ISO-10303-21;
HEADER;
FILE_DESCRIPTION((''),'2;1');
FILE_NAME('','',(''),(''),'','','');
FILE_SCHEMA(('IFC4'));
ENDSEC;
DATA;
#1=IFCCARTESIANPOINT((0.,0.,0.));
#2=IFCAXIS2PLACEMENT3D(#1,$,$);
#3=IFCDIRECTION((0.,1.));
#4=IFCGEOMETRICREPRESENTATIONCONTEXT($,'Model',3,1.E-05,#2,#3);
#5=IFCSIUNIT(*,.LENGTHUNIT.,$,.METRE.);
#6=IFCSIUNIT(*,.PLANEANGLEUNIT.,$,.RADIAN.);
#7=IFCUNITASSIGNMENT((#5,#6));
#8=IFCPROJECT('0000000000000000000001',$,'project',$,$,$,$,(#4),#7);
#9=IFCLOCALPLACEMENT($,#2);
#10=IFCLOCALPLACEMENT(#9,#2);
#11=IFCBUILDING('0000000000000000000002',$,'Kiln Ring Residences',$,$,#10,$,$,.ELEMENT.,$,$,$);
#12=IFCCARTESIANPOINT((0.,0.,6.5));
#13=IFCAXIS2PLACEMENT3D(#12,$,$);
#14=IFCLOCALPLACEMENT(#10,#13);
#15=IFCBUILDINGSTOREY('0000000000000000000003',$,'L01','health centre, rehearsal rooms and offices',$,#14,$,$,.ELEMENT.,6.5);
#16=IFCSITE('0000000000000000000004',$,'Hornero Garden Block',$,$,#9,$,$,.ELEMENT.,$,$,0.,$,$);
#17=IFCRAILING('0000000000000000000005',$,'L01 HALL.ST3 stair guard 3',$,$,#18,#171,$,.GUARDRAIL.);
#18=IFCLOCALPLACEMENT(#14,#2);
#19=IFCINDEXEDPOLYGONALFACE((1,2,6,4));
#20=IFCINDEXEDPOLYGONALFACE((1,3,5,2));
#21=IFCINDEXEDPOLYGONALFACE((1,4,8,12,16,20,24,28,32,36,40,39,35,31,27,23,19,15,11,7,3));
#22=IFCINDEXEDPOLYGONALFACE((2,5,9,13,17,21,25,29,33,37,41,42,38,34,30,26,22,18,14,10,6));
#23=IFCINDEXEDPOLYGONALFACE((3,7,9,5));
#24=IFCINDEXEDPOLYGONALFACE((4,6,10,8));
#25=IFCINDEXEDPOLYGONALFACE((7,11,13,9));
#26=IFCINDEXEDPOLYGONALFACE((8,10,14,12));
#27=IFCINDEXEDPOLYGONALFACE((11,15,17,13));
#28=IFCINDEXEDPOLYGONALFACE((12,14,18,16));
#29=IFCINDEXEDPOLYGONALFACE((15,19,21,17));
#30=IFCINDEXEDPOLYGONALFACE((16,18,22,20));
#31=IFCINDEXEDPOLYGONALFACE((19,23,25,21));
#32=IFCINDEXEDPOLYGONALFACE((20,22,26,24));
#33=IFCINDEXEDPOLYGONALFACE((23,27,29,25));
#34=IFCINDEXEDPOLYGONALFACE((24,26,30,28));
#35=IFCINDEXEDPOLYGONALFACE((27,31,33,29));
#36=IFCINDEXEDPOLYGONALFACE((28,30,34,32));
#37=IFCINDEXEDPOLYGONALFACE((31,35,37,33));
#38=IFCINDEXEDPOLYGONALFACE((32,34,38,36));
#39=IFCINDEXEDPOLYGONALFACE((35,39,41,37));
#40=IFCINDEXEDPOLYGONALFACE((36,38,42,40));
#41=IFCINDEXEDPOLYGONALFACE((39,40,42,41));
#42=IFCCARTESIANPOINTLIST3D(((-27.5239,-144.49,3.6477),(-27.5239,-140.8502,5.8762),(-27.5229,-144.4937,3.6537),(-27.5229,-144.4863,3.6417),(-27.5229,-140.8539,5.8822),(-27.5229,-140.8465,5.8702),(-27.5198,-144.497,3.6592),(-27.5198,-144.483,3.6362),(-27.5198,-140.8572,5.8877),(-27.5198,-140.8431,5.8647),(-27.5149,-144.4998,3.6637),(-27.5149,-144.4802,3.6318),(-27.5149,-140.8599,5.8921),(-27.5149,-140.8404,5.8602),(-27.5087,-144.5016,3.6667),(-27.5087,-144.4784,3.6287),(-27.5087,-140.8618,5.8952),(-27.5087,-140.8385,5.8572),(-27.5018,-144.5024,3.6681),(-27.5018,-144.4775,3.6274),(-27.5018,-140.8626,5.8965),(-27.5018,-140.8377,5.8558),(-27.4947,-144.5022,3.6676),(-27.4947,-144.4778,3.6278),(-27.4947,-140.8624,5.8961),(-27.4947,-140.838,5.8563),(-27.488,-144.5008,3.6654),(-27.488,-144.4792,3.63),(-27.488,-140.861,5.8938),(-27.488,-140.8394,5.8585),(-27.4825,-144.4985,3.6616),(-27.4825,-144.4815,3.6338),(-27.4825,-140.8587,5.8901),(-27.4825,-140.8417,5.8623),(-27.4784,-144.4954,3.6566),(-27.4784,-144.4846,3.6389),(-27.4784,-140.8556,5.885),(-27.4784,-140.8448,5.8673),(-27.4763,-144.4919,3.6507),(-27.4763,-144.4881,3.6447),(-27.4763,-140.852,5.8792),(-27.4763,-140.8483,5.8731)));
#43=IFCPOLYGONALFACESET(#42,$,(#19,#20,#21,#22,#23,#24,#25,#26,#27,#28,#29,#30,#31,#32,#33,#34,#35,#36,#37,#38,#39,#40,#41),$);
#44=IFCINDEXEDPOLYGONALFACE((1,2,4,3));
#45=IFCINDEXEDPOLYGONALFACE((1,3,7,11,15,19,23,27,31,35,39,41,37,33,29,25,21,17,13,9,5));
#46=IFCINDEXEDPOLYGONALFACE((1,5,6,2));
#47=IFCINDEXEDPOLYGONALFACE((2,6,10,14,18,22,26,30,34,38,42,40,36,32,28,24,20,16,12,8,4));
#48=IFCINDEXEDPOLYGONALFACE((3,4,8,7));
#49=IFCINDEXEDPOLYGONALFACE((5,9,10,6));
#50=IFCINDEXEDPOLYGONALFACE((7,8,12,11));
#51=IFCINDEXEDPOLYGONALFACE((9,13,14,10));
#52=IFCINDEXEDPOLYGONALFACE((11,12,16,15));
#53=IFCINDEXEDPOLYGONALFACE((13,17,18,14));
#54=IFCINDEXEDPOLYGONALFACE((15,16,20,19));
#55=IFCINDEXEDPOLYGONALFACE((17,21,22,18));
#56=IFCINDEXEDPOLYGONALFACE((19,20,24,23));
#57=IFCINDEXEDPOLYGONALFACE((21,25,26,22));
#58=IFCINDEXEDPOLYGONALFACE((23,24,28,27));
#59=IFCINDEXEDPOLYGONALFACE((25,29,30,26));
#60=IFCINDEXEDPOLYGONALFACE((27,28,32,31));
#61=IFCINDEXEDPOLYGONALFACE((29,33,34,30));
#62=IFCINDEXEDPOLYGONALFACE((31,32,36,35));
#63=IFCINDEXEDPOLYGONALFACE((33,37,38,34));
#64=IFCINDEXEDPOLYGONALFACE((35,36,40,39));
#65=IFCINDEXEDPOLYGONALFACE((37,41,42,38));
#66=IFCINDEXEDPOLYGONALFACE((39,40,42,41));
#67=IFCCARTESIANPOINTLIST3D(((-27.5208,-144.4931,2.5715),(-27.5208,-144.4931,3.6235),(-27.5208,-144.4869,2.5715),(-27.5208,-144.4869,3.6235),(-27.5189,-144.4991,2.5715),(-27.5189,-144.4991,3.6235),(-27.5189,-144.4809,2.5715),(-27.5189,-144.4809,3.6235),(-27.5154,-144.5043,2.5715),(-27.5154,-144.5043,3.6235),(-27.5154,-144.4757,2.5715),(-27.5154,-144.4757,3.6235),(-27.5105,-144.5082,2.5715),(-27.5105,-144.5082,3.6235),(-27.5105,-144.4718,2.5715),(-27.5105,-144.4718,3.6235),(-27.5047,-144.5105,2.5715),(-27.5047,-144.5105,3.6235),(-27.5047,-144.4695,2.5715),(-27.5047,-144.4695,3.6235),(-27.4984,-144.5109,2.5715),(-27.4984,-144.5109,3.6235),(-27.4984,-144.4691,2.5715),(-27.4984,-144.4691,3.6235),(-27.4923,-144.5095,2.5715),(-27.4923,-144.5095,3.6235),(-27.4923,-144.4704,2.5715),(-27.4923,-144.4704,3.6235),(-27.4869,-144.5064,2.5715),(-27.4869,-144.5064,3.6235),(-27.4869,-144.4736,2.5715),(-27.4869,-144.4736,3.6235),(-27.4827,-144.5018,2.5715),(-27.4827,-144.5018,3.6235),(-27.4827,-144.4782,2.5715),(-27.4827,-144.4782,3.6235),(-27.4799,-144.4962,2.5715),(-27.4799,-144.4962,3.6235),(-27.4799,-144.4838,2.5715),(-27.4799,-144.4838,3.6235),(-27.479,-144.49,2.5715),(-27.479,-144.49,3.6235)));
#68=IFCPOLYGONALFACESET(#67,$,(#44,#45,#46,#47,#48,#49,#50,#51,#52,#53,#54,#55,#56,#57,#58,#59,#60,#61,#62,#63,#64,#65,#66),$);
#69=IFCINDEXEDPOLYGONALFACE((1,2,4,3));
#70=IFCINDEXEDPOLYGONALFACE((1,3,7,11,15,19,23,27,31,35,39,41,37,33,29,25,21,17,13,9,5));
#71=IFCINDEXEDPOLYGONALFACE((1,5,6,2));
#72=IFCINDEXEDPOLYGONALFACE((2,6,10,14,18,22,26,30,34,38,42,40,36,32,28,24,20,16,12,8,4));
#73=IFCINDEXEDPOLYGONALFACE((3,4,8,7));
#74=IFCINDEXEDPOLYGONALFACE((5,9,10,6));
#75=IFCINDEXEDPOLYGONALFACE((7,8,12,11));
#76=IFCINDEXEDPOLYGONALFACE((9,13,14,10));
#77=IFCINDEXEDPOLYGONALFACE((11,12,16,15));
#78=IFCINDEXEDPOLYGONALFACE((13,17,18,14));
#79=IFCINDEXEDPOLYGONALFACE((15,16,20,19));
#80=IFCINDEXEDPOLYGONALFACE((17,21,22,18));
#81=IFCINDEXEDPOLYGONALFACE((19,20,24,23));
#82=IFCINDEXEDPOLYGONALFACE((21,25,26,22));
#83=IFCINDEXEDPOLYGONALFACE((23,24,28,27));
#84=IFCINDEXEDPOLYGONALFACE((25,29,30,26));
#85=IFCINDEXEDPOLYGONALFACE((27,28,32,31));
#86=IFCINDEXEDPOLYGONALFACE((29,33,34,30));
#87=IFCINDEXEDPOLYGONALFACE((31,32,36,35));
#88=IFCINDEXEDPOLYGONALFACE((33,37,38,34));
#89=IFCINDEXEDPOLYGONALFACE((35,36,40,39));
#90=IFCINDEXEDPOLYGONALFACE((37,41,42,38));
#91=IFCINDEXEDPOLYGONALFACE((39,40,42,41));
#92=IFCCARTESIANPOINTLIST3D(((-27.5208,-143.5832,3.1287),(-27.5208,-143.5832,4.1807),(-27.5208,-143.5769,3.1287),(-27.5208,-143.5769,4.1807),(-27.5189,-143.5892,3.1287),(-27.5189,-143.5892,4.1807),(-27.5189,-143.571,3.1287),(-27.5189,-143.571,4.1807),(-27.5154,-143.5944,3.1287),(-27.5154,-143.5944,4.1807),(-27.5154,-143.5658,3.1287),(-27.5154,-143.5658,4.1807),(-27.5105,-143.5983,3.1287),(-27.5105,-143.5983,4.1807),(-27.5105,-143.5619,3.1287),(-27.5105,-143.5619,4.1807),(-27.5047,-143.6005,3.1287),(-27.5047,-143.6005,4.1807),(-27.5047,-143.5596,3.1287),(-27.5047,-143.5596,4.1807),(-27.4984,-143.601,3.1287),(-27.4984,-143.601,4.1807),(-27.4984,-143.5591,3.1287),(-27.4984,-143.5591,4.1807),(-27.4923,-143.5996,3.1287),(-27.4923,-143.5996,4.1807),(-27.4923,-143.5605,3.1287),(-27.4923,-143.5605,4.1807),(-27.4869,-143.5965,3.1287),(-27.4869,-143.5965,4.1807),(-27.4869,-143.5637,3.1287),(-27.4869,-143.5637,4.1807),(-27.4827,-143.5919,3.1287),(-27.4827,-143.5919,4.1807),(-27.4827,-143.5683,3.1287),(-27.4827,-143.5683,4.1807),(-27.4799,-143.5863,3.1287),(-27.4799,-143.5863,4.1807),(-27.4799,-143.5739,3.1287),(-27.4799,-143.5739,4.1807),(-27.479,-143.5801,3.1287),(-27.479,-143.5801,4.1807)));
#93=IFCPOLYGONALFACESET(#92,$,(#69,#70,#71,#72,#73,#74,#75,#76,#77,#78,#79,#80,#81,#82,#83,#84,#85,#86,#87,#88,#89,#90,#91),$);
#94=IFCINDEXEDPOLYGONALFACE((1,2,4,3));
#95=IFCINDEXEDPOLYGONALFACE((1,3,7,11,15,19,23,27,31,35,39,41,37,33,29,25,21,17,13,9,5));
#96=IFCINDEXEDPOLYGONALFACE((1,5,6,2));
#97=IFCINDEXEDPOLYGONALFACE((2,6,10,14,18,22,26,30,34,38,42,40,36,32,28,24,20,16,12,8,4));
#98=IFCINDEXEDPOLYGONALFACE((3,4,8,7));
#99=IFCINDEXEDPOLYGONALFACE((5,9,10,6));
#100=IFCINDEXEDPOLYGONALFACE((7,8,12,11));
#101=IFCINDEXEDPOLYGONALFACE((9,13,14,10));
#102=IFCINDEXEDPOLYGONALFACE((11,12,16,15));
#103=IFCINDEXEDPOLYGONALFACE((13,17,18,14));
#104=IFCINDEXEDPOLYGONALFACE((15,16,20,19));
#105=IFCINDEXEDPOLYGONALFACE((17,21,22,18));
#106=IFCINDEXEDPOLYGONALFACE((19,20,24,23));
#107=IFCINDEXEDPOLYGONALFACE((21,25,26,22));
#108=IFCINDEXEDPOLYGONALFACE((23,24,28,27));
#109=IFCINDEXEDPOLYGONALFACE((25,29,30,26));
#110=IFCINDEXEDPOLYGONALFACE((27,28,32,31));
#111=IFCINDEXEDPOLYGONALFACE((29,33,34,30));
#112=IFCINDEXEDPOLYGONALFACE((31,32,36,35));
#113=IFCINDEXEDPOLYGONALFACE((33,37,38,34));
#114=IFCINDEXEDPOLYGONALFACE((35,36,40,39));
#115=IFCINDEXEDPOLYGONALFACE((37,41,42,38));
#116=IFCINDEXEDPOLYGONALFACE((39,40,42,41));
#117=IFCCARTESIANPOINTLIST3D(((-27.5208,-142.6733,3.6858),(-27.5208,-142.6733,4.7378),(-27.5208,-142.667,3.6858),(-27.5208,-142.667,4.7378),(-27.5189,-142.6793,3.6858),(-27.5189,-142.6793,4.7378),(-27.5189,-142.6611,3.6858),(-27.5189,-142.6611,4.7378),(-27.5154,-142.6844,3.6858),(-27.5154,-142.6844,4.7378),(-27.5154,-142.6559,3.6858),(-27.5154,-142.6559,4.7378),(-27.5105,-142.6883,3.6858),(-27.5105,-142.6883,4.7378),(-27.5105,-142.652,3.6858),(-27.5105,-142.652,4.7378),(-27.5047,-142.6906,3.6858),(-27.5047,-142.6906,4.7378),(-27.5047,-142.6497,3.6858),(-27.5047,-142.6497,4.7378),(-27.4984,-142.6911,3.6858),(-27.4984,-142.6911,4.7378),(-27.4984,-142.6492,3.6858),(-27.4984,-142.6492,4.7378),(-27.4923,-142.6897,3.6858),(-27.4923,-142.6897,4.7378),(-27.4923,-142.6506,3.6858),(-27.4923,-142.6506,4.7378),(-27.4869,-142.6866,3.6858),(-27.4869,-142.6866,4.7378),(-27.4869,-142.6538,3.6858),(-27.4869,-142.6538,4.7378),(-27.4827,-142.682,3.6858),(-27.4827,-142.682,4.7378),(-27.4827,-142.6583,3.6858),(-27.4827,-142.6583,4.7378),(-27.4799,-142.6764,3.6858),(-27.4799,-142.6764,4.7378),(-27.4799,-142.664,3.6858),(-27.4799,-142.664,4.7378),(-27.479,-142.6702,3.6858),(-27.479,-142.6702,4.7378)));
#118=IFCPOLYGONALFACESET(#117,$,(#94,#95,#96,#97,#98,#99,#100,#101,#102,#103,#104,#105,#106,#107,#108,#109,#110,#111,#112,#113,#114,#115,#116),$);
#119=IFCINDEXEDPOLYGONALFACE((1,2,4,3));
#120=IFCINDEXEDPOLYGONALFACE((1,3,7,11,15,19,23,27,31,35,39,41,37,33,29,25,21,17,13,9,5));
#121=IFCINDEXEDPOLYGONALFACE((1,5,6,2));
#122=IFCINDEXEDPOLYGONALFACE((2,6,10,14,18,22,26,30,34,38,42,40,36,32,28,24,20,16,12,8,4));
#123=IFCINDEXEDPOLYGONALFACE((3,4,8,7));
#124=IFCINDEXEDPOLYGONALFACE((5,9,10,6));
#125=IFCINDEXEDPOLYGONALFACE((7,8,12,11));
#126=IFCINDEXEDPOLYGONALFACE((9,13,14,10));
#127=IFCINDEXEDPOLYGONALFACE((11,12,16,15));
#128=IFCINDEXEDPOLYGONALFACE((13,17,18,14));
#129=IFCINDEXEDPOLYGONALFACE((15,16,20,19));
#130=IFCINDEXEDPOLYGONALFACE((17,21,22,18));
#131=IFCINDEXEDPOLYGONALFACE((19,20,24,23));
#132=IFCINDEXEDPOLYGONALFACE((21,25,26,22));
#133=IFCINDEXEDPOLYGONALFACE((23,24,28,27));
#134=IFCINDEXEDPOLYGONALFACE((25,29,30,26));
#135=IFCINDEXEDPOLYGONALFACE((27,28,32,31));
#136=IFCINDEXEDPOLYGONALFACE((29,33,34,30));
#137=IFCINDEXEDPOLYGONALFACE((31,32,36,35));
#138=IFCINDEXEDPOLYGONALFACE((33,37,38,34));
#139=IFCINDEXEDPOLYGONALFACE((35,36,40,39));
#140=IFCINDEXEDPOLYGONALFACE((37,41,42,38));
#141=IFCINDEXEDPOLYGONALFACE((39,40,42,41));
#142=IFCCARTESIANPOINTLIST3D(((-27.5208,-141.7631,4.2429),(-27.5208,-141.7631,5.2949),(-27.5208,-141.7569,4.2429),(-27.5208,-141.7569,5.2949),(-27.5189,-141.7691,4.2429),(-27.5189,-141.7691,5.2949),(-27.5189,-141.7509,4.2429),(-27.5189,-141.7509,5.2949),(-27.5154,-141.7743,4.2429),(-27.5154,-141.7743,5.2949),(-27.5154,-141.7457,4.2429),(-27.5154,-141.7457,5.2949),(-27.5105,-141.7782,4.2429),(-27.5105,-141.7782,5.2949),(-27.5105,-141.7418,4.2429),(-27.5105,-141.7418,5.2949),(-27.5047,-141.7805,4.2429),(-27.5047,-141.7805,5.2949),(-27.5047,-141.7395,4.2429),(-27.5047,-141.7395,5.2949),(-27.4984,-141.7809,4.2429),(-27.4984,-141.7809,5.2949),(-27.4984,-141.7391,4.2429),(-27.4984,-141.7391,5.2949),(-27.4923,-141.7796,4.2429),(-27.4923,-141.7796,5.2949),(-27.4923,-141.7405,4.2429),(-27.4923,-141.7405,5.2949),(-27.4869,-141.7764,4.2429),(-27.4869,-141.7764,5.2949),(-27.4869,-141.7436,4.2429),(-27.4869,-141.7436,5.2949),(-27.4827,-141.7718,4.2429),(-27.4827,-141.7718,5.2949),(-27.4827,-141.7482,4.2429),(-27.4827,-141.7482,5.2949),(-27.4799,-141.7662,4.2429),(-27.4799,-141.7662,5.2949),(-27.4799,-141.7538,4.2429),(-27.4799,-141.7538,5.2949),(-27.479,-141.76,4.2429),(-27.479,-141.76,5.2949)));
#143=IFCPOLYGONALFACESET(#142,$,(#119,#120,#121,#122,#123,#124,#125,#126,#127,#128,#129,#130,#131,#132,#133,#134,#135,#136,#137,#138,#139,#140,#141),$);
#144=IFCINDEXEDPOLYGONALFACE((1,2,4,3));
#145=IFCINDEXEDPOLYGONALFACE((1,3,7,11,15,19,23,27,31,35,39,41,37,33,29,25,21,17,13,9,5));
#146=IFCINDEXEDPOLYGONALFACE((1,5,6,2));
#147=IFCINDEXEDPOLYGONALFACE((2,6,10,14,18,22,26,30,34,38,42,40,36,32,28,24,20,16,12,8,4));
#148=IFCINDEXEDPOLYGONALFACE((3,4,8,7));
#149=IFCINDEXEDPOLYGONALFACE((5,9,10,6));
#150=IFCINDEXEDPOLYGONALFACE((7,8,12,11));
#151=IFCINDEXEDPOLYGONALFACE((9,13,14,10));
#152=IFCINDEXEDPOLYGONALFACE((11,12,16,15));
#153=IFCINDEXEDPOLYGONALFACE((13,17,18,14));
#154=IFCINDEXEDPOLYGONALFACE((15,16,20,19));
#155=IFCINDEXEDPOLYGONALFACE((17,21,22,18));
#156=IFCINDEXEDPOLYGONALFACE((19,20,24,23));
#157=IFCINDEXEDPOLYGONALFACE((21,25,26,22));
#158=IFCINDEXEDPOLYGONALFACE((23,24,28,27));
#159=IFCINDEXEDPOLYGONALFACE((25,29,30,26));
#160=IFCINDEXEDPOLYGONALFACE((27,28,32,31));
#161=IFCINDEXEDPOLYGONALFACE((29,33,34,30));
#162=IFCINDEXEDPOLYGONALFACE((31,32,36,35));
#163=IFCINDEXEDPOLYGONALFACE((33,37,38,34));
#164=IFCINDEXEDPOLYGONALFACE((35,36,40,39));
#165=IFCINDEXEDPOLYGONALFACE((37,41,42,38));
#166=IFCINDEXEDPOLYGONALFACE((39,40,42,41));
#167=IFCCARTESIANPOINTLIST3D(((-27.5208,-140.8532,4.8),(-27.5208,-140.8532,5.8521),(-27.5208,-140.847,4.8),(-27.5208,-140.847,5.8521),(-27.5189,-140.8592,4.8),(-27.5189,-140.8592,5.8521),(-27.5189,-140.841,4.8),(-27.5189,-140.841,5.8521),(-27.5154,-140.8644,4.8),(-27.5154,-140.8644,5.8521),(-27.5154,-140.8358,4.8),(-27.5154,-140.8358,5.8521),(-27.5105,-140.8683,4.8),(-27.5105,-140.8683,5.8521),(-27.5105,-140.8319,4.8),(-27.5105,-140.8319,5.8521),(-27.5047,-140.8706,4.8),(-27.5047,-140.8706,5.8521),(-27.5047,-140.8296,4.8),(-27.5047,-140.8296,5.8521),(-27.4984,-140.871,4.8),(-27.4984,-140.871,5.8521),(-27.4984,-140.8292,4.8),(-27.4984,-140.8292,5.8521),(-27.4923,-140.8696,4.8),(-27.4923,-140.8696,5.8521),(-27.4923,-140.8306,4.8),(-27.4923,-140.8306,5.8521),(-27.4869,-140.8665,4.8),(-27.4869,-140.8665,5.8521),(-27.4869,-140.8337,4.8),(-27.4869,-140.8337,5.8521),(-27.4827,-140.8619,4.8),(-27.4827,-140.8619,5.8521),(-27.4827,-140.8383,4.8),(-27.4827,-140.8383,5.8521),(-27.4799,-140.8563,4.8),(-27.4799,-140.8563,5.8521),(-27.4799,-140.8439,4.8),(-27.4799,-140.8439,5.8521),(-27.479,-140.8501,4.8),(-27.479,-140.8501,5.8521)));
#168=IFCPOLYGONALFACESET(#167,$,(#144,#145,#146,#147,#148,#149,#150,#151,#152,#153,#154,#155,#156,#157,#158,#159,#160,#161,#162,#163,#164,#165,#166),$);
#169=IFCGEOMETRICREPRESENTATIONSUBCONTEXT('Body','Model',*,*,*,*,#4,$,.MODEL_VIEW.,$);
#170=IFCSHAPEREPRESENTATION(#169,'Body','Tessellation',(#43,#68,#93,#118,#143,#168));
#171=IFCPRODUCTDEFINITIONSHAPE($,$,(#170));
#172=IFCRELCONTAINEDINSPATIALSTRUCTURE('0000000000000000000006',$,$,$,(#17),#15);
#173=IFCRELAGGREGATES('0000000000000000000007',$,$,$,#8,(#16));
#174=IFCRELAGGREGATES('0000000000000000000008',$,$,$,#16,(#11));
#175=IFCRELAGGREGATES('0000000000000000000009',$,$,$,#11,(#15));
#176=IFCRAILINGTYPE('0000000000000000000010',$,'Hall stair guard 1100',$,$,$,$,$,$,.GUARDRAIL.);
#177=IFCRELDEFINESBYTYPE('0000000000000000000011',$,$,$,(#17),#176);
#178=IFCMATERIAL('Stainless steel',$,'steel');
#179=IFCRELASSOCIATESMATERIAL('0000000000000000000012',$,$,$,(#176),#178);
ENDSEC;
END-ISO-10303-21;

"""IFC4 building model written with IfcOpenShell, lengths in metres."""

from ifc_helpers import new_model, si_unit, direction, frame, origin, origin_2d, place, context, subcontext, project, spatial, circle, extrude, material, type_object, element, save


model = new_model("IFC4")

# Units and contexts
model_context = context("Model", 3, precision=1e-05, world=origin(), true_north=direction((0.0, 1.0)))
body_context = subcontext(model_context, "Body", "Model", "MODEL_VIEW")
ifc_project = project(units=[si_unit("LENGTHUNIT", "METRE"), si_unit("PLANEANGLEUNIT", "RADIAN")], contexts=[model_context])

# Site, building, storey
site_placement = place(None, origin())
site = spatial("IfcSite", under=ifc_project, at=site_placement, Name="Hornero Garden Block", CompositionType="ELEMENT", RefElevation=0.0)
building_placement = place(site_placement, origin())
building = spatial("IfcBuilding", under=site, at=building_placement, Name="Kiln Ring Residences", CompositionType="ELEMENT")
storey_placement = place(building_placement, frame((0.0, 0.0, 6.5)))
storey = spatial("IfcBuildingStorey", under=building, at=storey_placement, Name="L01", Description="health centre, rehearsal rooms and offices", CompositionType="ELEMENT", Elevation=6.5)

# Railing
ifc_material_1 = material(Name="Stainless steel", Category="steel")
railing_type_1 = type_object("IfcRailingType", Name="Hall stair guard 1100", PredefinedType="GUARDRAIL", material=ifc_material_1)
railing_1_placement = place(storey_placement, frame((-27.5, -144.49, 2.5715)))
element("IfcRailing", 1, at=railing_1_placement, inside=storey, type_object=railing_type_1, Name="L01 HALL.ST3 stair guard 3", PredefinedType="GUARDRAIL", context=body_context, shape_type="SweptSolid", body=[
    extrude(circle(Radius=0.0239, at=origin_2d()), frame((0.0, 0.0, 1.0762), z_axis=(0.0, 0.85285, 0.522156), x_axis=(-1.0, 0.0, 0.0)), (0.0, 0.0, 1.0), 4.2678),
    extrude(circle(Radius=0.021, at=origin_2d()), origin(), (0.0, 0.0, 1.0), 1.052),
    extrude(circle(Radius=0.021, at=origin_2d()), frame((0.0, 0.9099, 0.5571)), (0.0, 0.0, 1.0), 1.052),
    extrude(circle(Radius=0.021, at=origin_2d()), frame((0.0, 1.8198, 1.1143)), (0.0, 0.0, 1.0), 1.052),
    extrude(circle(Radius=0.021, at=origin_2d()), frame((0.0, 2.73, 1.6714)), (0.0, 0.0, 1.0), 1.052),
    extrude(circle(Radius=0.021, at=origin_2d()), frame((0.0, 3.6399, 2.2285)), (0.0, 0.0, 1.0), 1.052),
])

save(model, "model.ifc")
